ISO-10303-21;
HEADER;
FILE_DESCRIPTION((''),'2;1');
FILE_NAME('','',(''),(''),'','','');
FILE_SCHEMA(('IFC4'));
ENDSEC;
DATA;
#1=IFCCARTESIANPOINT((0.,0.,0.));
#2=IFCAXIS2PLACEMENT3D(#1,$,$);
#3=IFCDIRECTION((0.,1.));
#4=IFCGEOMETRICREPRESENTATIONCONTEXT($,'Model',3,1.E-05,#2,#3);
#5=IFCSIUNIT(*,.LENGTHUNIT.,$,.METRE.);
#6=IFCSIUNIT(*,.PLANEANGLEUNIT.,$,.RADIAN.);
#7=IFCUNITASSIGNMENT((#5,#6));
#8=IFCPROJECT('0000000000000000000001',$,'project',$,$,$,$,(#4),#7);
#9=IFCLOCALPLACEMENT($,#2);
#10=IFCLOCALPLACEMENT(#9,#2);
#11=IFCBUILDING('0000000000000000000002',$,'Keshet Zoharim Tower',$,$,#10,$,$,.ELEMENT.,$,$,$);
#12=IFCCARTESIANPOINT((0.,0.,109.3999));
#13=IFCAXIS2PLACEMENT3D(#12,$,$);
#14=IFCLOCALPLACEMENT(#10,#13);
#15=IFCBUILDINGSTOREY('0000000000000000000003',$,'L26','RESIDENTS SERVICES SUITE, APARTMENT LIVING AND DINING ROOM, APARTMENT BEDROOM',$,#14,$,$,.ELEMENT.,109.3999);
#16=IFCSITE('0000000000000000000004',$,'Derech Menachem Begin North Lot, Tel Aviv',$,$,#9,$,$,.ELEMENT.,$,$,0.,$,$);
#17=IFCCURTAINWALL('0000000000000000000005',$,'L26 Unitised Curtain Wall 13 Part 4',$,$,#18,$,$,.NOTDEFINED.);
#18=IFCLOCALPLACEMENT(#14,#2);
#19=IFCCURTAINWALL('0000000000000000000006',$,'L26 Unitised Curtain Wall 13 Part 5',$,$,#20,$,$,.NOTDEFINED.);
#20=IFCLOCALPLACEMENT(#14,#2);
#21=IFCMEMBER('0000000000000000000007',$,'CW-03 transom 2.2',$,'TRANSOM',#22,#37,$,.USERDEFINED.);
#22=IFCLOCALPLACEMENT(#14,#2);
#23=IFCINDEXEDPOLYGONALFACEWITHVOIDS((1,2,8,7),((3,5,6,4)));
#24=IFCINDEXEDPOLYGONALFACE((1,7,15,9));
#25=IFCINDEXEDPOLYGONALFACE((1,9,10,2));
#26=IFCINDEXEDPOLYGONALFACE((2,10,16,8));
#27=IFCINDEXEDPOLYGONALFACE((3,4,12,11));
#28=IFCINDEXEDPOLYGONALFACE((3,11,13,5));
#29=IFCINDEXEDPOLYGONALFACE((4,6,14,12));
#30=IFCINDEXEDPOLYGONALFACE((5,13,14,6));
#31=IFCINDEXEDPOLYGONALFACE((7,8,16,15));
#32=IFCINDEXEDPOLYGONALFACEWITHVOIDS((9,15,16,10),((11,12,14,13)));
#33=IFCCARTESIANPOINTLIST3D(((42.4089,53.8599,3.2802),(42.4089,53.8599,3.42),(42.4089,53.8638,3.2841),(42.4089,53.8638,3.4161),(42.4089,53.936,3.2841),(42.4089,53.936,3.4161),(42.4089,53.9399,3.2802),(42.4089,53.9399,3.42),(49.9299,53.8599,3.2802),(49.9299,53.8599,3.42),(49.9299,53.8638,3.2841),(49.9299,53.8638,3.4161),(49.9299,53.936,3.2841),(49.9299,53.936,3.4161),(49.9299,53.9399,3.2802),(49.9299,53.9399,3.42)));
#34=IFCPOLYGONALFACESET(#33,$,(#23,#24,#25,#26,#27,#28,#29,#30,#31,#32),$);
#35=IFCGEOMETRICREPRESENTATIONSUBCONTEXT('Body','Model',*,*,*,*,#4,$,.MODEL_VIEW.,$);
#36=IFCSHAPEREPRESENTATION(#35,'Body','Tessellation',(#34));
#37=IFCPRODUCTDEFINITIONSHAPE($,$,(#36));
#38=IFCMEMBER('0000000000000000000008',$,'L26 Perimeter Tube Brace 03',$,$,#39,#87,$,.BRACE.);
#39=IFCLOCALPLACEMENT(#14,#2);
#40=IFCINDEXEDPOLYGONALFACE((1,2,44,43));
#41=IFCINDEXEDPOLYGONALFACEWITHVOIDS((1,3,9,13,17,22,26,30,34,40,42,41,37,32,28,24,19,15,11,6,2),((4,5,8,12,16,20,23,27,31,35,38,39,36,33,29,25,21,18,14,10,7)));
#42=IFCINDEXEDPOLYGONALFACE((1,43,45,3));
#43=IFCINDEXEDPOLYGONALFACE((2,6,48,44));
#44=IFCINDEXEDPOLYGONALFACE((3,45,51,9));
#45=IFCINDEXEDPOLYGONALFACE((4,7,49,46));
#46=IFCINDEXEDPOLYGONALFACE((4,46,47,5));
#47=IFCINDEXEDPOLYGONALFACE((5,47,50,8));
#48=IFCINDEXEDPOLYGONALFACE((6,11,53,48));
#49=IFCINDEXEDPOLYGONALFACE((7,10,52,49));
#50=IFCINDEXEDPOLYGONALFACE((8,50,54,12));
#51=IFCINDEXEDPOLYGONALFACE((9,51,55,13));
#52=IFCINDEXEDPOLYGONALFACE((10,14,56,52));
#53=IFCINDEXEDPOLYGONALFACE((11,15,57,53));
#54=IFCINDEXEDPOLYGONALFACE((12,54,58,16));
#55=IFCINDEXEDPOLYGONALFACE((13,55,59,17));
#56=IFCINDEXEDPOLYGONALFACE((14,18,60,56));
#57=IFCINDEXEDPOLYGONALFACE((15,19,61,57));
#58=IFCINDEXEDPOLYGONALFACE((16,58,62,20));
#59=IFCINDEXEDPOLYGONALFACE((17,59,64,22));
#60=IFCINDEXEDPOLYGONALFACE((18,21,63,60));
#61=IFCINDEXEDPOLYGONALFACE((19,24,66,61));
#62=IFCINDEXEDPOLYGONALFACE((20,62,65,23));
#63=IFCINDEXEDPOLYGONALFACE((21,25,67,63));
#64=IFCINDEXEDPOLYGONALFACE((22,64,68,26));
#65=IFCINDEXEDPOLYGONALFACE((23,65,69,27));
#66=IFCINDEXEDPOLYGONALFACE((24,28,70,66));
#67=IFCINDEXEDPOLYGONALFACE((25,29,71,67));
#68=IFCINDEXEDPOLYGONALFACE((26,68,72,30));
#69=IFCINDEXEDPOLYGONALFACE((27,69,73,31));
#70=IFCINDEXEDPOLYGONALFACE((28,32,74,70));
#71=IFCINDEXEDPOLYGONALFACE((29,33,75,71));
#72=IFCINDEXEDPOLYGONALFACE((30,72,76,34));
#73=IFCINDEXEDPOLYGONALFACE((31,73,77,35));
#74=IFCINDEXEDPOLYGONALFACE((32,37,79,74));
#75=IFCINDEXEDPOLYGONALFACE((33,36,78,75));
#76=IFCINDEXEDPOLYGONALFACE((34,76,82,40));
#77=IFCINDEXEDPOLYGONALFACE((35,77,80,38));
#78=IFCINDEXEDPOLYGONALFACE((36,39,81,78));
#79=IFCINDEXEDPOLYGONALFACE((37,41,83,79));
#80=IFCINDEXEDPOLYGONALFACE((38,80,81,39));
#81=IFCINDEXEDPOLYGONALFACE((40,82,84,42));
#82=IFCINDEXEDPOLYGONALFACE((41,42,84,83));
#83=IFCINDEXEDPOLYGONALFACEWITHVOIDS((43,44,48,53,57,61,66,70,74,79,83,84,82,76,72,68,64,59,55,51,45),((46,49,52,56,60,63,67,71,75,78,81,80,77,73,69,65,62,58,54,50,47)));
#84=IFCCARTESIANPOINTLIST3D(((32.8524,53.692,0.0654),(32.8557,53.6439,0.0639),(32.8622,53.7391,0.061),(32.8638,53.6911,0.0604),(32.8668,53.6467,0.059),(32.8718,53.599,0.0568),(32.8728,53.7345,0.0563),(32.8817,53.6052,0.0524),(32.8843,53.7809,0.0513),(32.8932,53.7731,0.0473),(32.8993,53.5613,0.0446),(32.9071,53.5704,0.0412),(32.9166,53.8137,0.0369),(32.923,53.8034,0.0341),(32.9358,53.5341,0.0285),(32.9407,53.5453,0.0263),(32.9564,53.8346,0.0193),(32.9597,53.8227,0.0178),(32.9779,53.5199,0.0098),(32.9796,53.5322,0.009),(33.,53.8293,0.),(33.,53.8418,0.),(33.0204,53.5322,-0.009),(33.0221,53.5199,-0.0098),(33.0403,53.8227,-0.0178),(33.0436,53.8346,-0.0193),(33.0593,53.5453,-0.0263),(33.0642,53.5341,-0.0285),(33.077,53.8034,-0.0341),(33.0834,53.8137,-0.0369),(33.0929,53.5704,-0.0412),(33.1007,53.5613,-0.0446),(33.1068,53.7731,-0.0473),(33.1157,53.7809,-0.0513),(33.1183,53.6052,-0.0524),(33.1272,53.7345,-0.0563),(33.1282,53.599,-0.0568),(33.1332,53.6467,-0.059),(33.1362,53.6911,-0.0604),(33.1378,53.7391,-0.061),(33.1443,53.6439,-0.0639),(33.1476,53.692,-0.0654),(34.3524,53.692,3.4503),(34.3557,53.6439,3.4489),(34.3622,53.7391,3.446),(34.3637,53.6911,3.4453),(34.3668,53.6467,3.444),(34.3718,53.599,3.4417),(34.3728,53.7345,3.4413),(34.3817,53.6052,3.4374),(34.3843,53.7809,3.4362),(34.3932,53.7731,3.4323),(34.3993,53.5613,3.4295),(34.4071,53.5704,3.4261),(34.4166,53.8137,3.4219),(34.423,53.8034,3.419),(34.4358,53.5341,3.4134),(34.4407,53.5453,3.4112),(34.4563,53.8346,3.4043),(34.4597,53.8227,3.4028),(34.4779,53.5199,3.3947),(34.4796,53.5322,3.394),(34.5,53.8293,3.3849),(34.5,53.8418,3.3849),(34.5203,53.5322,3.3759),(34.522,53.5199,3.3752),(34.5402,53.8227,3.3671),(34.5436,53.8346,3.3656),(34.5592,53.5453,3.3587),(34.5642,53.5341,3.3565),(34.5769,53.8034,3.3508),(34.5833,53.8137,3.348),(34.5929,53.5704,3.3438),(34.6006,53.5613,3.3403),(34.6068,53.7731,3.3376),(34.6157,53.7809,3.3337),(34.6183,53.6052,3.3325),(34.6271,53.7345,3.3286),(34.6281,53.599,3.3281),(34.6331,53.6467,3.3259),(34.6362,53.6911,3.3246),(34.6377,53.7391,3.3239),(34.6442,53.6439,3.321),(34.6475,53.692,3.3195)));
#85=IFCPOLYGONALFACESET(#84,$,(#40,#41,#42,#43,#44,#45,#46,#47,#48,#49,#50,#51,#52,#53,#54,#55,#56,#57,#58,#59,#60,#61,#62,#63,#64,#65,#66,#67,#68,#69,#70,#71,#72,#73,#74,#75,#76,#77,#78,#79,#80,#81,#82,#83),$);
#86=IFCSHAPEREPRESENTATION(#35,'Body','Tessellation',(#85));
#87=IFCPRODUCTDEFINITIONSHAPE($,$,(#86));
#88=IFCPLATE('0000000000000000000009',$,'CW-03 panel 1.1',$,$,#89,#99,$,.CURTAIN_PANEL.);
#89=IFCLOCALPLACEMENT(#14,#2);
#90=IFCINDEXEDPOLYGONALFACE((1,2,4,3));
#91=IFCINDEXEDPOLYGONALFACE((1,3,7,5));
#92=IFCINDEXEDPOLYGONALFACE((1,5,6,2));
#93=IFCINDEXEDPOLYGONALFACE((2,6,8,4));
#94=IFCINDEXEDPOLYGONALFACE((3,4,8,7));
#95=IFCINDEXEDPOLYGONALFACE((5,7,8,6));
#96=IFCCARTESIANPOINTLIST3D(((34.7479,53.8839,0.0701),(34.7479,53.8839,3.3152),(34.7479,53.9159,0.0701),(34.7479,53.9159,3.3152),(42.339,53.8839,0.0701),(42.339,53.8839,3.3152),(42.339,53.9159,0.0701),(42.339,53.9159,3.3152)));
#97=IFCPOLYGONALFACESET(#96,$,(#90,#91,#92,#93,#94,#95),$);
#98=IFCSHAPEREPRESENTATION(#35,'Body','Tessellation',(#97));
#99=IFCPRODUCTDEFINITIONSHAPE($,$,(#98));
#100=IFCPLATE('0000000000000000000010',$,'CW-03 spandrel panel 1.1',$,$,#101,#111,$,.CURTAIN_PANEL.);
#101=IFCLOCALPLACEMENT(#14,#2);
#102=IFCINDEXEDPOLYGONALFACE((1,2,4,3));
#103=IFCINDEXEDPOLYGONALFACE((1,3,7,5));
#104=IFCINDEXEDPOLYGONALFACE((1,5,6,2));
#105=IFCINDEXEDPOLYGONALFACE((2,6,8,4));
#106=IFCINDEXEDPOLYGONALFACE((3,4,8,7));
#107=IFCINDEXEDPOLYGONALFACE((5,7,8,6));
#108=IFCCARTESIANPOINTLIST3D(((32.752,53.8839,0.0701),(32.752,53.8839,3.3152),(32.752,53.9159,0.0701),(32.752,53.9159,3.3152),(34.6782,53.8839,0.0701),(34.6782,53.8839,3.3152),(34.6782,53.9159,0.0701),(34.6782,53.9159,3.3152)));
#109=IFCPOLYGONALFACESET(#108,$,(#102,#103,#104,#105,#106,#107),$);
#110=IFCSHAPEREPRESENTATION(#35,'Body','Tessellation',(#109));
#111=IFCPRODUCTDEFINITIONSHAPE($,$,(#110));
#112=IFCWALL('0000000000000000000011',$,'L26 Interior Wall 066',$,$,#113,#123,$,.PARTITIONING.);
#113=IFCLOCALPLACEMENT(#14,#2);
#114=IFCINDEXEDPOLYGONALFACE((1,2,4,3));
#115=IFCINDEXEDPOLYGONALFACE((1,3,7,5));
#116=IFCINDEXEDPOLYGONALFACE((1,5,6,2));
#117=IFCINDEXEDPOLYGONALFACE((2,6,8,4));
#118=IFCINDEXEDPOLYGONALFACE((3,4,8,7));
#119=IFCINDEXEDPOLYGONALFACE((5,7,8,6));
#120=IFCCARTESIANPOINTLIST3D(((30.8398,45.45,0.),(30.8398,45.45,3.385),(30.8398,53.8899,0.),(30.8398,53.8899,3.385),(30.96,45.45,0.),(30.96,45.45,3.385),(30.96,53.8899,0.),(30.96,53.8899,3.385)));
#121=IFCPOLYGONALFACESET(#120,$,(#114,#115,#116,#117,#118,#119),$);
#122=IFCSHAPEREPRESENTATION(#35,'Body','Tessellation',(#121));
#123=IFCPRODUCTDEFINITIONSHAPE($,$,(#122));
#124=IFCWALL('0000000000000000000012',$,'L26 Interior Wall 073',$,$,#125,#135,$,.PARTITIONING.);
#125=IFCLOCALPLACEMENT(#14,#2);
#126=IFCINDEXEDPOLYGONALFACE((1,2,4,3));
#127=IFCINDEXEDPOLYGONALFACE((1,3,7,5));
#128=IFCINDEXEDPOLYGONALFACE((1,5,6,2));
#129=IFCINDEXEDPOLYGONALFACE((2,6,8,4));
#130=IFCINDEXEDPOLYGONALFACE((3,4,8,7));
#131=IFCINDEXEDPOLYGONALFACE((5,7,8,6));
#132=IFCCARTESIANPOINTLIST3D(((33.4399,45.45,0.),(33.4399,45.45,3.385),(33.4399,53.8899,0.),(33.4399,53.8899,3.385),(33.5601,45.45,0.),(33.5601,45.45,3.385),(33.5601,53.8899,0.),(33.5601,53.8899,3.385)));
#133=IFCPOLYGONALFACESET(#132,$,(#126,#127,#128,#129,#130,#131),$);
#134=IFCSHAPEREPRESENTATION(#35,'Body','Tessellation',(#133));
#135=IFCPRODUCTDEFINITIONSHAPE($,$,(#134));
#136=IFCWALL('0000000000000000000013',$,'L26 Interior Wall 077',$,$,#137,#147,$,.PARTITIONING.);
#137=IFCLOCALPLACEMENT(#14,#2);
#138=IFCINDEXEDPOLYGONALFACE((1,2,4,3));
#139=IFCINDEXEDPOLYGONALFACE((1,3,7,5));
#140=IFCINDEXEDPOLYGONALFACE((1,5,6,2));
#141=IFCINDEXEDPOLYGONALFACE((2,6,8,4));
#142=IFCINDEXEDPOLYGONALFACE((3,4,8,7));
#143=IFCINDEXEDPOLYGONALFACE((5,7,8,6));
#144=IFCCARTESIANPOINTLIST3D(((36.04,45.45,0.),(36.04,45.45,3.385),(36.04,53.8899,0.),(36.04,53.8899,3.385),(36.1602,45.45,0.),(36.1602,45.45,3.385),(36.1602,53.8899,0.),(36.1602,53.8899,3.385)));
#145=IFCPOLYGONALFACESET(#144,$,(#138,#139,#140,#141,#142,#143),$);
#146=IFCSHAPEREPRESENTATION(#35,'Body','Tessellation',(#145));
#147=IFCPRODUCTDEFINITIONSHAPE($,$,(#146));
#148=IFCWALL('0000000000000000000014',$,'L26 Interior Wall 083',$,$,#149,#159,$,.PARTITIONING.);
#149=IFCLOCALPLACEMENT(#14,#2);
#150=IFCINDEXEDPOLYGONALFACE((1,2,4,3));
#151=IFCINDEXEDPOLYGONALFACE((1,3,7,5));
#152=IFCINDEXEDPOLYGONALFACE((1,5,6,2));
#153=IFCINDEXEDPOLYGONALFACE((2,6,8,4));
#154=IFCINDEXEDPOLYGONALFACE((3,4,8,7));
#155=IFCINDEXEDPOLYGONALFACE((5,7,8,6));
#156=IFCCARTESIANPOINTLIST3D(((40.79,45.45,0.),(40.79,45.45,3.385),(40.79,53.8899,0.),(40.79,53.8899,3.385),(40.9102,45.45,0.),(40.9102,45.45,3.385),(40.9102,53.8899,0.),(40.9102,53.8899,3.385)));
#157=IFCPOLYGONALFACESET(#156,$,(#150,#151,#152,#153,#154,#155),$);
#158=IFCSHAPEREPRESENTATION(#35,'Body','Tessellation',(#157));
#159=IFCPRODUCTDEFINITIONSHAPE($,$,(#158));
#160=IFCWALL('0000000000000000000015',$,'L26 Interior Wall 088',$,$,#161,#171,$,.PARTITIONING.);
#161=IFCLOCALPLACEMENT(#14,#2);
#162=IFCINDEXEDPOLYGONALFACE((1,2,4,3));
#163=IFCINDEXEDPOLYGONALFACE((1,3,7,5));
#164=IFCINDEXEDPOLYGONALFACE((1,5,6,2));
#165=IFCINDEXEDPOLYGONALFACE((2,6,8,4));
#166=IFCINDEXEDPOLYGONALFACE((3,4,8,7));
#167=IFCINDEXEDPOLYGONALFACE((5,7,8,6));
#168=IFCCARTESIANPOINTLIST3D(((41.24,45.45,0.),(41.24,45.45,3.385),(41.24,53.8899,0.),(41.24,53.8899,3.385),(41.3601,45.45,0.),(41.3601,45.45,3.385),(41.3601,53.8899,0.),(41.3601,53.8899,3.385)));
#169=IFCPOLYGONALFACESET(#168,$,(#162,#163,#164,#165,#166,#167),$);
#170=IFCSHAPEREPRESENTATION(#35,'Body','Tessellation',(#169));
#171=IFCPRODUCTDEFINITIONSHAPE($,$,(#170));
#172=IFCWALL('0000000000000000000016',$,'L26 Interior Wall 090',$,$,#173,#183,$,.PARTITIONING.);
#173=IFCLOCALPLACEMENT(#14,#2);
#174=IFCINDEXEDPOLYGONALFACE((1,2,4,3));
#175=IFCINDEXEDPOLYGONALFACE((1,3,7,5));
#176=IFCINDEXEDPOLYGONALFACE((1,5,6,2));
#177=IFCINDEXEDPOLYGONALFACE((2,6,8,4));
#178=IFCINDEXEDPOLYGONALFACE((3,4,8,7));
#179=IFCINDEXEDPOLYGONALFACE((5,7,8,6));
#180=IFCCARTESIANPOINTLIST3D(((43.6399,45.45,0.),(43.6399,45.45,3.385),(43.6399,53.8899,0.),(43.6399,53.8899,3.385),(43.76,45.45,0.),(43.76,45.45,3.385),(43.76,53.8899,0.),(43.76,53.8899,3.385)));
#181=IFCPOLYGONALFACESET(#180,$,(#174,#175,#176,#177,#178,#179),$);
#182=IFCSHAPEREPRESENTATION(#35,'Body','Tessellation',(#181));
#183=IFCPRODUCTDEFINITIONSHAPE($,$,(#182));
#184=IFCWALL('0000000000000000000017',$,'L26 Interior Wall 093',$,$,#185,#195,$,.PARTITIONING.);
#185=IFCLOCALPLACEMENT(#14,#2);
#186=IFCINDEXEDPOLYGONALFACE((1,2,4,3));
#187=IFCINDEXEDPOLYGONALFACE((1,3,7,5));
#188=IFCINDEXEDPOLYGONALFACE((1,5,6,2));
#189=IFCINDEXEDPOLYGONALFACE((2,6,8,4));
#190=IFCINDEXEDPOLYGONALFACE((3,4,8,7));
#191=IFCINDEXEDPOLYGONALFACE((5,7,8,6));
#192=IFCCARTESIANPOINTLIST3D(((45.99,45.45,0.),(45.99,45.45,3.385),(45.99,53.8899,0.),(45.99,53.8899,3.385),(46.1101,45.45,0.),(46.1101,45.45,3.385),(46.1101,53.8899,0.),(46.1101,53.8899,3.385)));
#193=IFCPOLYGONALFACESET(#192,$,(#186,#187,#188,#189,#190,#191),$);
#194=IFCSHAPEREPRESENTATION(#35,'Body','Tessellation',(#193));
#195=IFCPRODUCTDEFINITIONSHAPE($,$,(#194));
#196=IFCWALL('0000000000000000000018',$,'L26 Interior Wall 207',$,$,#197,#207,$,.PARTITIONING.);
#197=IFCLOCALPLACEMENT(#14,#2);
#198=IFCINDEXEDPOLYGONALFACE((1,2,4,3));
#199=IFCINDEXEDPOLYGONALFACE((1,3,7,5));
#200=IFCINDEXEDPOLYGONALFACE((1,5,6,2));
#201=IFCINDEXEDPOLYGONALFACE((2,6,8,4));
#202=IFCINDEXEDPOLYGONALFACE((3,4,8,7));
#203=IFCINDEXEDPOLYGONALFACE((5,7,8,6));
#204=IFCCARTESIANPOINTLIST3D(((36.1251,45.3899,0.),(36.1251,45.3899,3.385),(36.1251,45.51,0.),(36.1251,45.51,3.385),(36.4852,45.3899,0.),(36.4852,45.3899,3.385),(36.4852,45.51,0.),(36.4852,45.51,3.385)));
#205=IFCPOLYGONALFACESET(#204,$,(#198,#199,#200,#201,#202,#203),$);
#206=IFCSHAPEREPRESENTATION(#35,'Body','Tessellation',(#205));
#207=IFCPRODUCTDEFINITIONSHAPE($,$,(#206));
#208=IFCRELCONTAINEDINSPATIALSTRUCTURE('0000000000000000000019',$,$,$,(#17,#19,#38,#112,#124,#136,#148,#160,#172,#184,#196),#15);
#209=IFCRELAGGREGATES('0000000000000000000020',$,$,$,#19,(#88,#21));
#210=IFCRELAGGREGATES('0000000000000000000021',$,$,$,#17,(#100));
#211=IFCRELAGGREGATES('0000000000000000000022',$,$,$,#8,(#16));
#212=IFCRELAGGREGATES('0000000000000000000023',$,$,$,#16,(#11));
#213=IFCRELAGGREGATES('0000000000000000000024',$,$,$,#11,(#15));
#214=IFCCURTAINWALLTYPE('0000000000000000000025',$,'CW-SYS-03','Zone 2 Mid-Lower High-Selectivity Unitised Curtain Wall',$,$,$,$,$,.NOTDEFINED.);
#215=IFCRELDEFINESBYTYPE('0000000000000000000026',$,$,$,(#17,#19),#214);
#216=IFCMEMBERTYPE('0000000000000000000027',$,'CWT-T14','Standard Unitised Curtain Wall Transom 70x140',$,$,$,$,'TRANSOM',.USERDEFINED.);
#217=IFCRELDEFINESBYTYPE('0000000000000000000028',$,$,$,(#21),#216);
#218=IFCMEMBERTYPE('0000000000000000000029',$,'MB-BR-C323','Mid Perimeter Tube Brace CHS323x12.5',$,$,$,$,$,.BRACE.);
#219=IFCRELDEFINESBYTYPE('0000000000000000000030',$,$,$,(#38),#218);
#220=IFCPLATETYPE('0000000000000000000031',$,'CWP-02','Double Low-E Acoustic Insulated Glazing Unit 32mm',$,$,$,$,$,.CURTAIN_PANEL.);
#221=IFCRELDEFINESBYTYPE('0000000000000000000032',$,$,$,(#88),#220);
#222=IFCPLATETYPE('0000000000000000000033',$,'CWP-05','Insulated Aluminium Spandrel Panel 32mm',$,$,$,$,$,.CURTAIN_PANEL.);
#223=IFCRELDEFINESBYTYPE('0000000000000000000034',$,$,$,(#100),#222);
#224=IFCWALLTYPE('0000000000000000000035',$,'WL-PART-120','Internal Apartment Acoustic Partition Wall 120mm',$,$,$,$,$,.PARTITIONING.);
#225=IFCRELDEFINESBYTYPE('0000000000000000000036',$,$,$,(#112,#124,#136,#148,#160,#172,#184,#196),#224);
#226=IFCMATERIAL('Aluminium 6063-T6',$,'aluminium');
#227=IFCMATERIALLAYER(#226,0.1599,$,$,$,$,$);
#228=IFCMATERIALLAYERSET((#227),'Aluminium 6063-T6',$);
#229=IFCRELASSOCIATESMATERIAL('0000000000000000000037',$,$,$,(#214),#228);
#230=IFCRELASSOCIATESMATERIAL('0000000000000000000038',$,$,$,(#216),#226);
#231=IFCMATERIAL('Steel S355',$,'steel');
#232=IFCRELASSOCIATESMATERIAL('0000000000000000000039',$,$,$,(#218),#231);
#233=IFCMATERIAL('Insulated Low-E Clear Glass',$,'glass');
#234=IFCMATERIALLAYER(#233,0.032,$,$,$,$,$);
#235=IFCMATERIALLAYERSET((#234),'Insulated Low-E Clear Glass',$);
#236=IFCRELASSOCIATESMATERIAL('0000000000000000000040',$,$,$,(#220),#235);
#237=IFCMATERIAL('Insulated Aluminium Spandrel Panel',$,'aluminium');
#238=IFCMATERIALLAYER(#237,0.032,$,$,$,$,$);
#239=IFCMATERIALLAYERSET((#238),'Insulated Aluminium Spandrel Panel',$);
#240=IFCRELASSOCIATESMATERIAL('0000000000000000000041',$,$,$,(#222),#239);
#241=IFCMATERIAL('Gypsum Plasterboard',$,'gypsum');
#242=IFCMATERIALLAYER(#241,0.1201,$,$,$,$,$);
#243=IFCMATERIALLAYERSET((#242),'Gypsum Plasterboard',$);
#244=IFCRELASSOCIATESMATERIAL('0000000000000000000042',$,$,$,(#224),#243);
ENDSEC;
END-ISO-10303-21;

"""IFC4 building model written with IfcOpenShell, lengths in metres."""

from ifc_helpers import new_model, si_unit, direction, frame, frame_2d, origin, origin_2d, place, context, subcontext, project, spatial, rectangle, hollow_rectangle, hollow_circle, extrude, material, layer, layer_set, material_profile, profile_set, type_object, element, aggregate, save


model = new_model("IFC4")

# Units and contexts
model_context = context("Model", 3, precision=1e-05, world=origin(), true_north=direction((0.0, 1.0)))
body_context = subcontext(model_context, "Body", "Model", "MODEL_VIEW")
ifc_project = project(units=[si_unit("LENGTHUNIT", "METRE"), si_unit("PLANEANGLEUNIT", "RADIAN")], contexts=[model_context])

# Site, building, storey
site_placement = place(None, origin())
site = spatial("IfcSite", under=ifc_project, at=site_placement, Name="Derech Menachem Begin North Lot, Tel Aviv", CompositionType="ELEMENT", RefElevation=0.0)
building_placement = place(site_placement, origin())
building = spatial("IfcBuilding", under=site, at=building_placement, Name="Keshet Zoharim Tower", CompositionType="ELEMENT")
storey_placement = place(building_placement, frame((0.0, 0.0, 109.3999)))
storey = spatial("IfcBuildingStorey", under=building, at=storey_placement, Name="L26", Description="RESIDENTS SERVICES SUITE, APARTMENT LIVING AND DINING ROOM, APARTMENT BEDROOM", CompositionType="ELEMENT", Elevation=109.3999)

# Shared definitions
ifc_material_1 = material(Name="Steel S355", Category="steel")

# Curtain walls
ifc_material_2 = material(Name="Aluminium 6063-T6", Category="aluminium")
ifc_layer_1 = layer(ifc_material_2, 0.1599)
ifc_layer_set_1 = layer_set([ifc_layer_1], Name="Aluminium 6063-T6")
curtain_wall_type = type_object("IfcCurtainWallType", Name="CW-SYS-03", Description="Zone 2 Mid-Lower High-Selectivity Unitised Curtain Wall", PredefinedType="NOTDEFINED", material=ifc_layer_set_1)
curtain_wall_1_placement = place(storey_placement, origin())
curtain_wall_1 = element("IfcCurtainWall", 1, at=curtain_wall_1_placement, inside=storey, type_object=curtain_wall_type, Name="L26 Unitised Curtain Wall 13 Part 4", PredefinedType="NOTDEFINED")
curtain_wall_2_placement = place(storey_placement, origin())
curtain_wall_2 = element("IfcCurtainWall", 2, at=curtain_wall_2_placement, inside=storey, type_object=curtain_wall_type, Name="L26 Unitised Curtain Wall 13 Part 5", PredefinedType="NOTDEFINED")

# Members
ifc_material_profile_1 = material_profile(ifc_material_2, hollow_rectangle(XDim=0.0801, YDim=0.1399, WallThickness=0.0039, at=origin_2d()), Name="TRN-80x140")
ifc_profile_set_1 = profile_set([ifc_material_profile_1], Name="Aluminium 6063-T6")
member_type_1 = type_object("IfcMemberType", Name="CWT-T14", Description="Standard Unitised Curtain Wall Transom 70x140", ElementType="TRANSOM", PredefinedType="USERDEFINED", material=ifc_profile_set_1)
member_1_placement = place(storey_placement, frame((42.4089, 53.8999, 3.3501), z_axis=(1.0, 0.0, 0.0), x_axis=(0.0, 1.0, 0.0)))
member_1 = element("IfcMember", 3, at=member_1_placement, type_object=member_type_1, Name="CW-03 transom 2.2", ObjectType="TRANSOM", PredefinedType="USERDEFINED", context=body_context, shape_type="SweptSolid", body=[
    extrude(hollow_rectangle(XDim=0.0801, YDim=0.1399, WallThickness=0.0039, at=origin_2d()), origin(), (0.0, 0.0, 1.0), 7.521),
])
ifc_material_profile_2 = material_profile(ifc_material_1, hollow_circle(Radius=0.1619, WallThickness=0.0125, at=origin_2d()), Name="CHS323x12.5")
ifc_profile_set_2 = profile_set([ifc_material_profile_2], Name="Steel S355")
member_type_2 = type_object("IfcMemberType", Name="MB-BR-C323", Description="Mid Perimeter Tube Brace CHS323x12.5", PredefinedType="BRACE", material=ifc_profile_set_2)
member_2_placement = place(storey_placement, frame((33.0, 53.6799, 0.0), z_axis=(0.405135, 0.0, 0.914257), x_axis=(0.0, 1.0, 0.0)))
element("IfcMember", 4, at=member_2_placement, inside=storey, type_object=member_type_2, Name="L26 Perimeter Tube Brace 03", PredefinedType="BRACE", context=body_context, shape_type="SweptSolid", body=[
    extrude(hollow_circle(Radius=0.1619, WallThickness=0.0125, at=origin_2d()), origin(), (0.0, 0.0, 1.0), 3.7024),
])

# Plates
ifc_material_3 = material(Name="Insulated Low-E Clear Glass", Category="glass")
ifc_layer_2 = layer(ifc_material_3, 0.032)
ifc_layer_set_2 = layer_set([ifc_layer_2], Name="Insulated Low-E Clear Glass")
plate_type_1 = type_object("IfcPlateType", Name="CWP-02", Description="Double Low-E Acoustic Insulated Glazing Unit 32mm", PredefinedType="CURTAIN_PANEL", material=ifc_layer_set_2)
plate_1_placement = place(storey_placement, frame((38.5435, 53.8999, 0.0701), z_axis=(0.0, 0.0, 1.0), x_axis=(1.0, 0.0, 0.0)))
plate_1 = element("IfcPlate", 5, at=plate_1_placement, type_object=plate_type_1, Name="CW-03 panel 1.1", PredefinedType="CURTAIN_PANEL", context=body_context, shape_type="SweptSolid", body=[
    extrude(rectangle(XDim=7.5911, YDim=0.032, at=origin_2d()), origin(), (0.0, 0.0, 1.0), 3.2451),
])
aggregate(curtain_wall_2, [plate_1, member_1])
ifc_material_4 = material(Name="Insulated Aluminium Spandrel Panel", Category="aluminium")
ifc_layer_3 = layer(ifc_material_4, 0.032)
ifc_layer_set_3 = layer_set([ifc_layer_3], Name="Insulated Aluminium Spandrel Panel")
plate_type_2 = type_object("IfcPlateType", Name="CWP-05", Description="Insulated Aluminium Spandrel Panel 32mm", PredefinedType="CURTAIN_PANEL", material=ifc_layer_set_3)
plate_2_placement = place(storey_placement, frame((33.7151, 53.8999, 0.0701), z_axis=(0.0, 0.0, 1.0), x_axis=(1.0, 0.0, 0.0)))
plate_2 = element("IfcPlate", 6, at=plate_2_placement, type_object=plate_type_2, Name="CW-03 spandrel panel 1.1", PredefinedType="CURTAIN_PANEL", context=body_context, shape_type="SweptSolid", body=[
    extrude(rectangle(XDim=1.9263, YDim=0.032, at=origin_2d()), origin(), (0.0, 0.0, 1.0), 3.2451),
])
aggregate(curtain_wall_1, [plate_2])

# Walls
ifc_material_5 = material(Name="Gypsum Plasterboard", Category="gypsum")
ifc_layer_4 = layer(ifc_material_5, 0.1201)
ifc_layer_set_4 = layer_set([ifc_layer_4], Name="Gypsum Plasterboard")
wall_type_1 = type_object("IfcWallType", Name="WL-PART-120", Description="Internal Apartment Acoustic Partition Wall 120mm", PredefinedType="PARTITIONING", material=ifc_layer_set_4)
for number, where, z_axis, x_axis, name in (
    (7, (30.8999, 45.45, 0.0), (0.0, 0.0, 1.0), (0.0, 1.0, 0.0), "L26 Interior Wall 066"),
    (8, (33.5, 45.45, 0.0), (0.0, 0.0, 1.0), (0.0, 1.0, 0.0), "L26 Interior Wall 073"),
    (9, (36.1001, 45.45, 0.0), (0.0, 0.0, 1.0), (0.0, 1.0, 0.0), "L26 Interior Wall 077"),
    (10, (40.8501, 45.45, 0.0), (0.0, 0.0, 1.0), (0.0, 1.0, 0.0), "L26 Interior Wall 083"),
    (11, (41.3, 45.45, 0.0), (0.0, 0.0, 1.0), (0.0, 1.0, 0.0), "L26 Interior Wall 088"),
    (12, (43.7, 45.45, 0.0), (0.0, 0.0, 1.0), (0.0, 1.0, 0.0), "L26 Interior Wall 090"),
    (13, (46.05, 45.45, 0.0), (0.0, 0.0, 1.0), (0.0, 1.0, 0.0), "L26 Interior Wall 093"),
):
    element("IfcWall", number, at=place(storey_placement, frame(where, z_axis=z_axis, x_axis=x_axis)), inside=storey, type_object=wall_type_1, Name=name, PredefinedType="PARTITIONING", context=body_context, shape_type="SweptSolid", body=[
        extrude(rectangle(XDim=8.4399, YDim=0.1201, at=frame_2d((4.22, 0.0))), origin(), (0.0, 0.0, 1.0), 3.385),
    ])

# Wall
wall_1_placement = place(storey_placement, frame((36.125, 45.45, 0.0), z_axis=(0.0, 0.0, 1.0), x_axis=(1.0, 0.0, 0.0)))
element("IfcWall", 14, at=wall_1_placement, inside=storey, type_object=wall_type_1, Name="L26 Interior Wall 207", PredefinedType="PARTITIONING", context=body_context, shape_type="SweptSolid", body=[
    extrude(rectangle(XDim=0.3601, YDim=0.1201, at=frame_2d((0.1802, 0.0))), origin(), (0.0, 0.0, 1.0), 3.385),
])

save(model, "model.ifc")
